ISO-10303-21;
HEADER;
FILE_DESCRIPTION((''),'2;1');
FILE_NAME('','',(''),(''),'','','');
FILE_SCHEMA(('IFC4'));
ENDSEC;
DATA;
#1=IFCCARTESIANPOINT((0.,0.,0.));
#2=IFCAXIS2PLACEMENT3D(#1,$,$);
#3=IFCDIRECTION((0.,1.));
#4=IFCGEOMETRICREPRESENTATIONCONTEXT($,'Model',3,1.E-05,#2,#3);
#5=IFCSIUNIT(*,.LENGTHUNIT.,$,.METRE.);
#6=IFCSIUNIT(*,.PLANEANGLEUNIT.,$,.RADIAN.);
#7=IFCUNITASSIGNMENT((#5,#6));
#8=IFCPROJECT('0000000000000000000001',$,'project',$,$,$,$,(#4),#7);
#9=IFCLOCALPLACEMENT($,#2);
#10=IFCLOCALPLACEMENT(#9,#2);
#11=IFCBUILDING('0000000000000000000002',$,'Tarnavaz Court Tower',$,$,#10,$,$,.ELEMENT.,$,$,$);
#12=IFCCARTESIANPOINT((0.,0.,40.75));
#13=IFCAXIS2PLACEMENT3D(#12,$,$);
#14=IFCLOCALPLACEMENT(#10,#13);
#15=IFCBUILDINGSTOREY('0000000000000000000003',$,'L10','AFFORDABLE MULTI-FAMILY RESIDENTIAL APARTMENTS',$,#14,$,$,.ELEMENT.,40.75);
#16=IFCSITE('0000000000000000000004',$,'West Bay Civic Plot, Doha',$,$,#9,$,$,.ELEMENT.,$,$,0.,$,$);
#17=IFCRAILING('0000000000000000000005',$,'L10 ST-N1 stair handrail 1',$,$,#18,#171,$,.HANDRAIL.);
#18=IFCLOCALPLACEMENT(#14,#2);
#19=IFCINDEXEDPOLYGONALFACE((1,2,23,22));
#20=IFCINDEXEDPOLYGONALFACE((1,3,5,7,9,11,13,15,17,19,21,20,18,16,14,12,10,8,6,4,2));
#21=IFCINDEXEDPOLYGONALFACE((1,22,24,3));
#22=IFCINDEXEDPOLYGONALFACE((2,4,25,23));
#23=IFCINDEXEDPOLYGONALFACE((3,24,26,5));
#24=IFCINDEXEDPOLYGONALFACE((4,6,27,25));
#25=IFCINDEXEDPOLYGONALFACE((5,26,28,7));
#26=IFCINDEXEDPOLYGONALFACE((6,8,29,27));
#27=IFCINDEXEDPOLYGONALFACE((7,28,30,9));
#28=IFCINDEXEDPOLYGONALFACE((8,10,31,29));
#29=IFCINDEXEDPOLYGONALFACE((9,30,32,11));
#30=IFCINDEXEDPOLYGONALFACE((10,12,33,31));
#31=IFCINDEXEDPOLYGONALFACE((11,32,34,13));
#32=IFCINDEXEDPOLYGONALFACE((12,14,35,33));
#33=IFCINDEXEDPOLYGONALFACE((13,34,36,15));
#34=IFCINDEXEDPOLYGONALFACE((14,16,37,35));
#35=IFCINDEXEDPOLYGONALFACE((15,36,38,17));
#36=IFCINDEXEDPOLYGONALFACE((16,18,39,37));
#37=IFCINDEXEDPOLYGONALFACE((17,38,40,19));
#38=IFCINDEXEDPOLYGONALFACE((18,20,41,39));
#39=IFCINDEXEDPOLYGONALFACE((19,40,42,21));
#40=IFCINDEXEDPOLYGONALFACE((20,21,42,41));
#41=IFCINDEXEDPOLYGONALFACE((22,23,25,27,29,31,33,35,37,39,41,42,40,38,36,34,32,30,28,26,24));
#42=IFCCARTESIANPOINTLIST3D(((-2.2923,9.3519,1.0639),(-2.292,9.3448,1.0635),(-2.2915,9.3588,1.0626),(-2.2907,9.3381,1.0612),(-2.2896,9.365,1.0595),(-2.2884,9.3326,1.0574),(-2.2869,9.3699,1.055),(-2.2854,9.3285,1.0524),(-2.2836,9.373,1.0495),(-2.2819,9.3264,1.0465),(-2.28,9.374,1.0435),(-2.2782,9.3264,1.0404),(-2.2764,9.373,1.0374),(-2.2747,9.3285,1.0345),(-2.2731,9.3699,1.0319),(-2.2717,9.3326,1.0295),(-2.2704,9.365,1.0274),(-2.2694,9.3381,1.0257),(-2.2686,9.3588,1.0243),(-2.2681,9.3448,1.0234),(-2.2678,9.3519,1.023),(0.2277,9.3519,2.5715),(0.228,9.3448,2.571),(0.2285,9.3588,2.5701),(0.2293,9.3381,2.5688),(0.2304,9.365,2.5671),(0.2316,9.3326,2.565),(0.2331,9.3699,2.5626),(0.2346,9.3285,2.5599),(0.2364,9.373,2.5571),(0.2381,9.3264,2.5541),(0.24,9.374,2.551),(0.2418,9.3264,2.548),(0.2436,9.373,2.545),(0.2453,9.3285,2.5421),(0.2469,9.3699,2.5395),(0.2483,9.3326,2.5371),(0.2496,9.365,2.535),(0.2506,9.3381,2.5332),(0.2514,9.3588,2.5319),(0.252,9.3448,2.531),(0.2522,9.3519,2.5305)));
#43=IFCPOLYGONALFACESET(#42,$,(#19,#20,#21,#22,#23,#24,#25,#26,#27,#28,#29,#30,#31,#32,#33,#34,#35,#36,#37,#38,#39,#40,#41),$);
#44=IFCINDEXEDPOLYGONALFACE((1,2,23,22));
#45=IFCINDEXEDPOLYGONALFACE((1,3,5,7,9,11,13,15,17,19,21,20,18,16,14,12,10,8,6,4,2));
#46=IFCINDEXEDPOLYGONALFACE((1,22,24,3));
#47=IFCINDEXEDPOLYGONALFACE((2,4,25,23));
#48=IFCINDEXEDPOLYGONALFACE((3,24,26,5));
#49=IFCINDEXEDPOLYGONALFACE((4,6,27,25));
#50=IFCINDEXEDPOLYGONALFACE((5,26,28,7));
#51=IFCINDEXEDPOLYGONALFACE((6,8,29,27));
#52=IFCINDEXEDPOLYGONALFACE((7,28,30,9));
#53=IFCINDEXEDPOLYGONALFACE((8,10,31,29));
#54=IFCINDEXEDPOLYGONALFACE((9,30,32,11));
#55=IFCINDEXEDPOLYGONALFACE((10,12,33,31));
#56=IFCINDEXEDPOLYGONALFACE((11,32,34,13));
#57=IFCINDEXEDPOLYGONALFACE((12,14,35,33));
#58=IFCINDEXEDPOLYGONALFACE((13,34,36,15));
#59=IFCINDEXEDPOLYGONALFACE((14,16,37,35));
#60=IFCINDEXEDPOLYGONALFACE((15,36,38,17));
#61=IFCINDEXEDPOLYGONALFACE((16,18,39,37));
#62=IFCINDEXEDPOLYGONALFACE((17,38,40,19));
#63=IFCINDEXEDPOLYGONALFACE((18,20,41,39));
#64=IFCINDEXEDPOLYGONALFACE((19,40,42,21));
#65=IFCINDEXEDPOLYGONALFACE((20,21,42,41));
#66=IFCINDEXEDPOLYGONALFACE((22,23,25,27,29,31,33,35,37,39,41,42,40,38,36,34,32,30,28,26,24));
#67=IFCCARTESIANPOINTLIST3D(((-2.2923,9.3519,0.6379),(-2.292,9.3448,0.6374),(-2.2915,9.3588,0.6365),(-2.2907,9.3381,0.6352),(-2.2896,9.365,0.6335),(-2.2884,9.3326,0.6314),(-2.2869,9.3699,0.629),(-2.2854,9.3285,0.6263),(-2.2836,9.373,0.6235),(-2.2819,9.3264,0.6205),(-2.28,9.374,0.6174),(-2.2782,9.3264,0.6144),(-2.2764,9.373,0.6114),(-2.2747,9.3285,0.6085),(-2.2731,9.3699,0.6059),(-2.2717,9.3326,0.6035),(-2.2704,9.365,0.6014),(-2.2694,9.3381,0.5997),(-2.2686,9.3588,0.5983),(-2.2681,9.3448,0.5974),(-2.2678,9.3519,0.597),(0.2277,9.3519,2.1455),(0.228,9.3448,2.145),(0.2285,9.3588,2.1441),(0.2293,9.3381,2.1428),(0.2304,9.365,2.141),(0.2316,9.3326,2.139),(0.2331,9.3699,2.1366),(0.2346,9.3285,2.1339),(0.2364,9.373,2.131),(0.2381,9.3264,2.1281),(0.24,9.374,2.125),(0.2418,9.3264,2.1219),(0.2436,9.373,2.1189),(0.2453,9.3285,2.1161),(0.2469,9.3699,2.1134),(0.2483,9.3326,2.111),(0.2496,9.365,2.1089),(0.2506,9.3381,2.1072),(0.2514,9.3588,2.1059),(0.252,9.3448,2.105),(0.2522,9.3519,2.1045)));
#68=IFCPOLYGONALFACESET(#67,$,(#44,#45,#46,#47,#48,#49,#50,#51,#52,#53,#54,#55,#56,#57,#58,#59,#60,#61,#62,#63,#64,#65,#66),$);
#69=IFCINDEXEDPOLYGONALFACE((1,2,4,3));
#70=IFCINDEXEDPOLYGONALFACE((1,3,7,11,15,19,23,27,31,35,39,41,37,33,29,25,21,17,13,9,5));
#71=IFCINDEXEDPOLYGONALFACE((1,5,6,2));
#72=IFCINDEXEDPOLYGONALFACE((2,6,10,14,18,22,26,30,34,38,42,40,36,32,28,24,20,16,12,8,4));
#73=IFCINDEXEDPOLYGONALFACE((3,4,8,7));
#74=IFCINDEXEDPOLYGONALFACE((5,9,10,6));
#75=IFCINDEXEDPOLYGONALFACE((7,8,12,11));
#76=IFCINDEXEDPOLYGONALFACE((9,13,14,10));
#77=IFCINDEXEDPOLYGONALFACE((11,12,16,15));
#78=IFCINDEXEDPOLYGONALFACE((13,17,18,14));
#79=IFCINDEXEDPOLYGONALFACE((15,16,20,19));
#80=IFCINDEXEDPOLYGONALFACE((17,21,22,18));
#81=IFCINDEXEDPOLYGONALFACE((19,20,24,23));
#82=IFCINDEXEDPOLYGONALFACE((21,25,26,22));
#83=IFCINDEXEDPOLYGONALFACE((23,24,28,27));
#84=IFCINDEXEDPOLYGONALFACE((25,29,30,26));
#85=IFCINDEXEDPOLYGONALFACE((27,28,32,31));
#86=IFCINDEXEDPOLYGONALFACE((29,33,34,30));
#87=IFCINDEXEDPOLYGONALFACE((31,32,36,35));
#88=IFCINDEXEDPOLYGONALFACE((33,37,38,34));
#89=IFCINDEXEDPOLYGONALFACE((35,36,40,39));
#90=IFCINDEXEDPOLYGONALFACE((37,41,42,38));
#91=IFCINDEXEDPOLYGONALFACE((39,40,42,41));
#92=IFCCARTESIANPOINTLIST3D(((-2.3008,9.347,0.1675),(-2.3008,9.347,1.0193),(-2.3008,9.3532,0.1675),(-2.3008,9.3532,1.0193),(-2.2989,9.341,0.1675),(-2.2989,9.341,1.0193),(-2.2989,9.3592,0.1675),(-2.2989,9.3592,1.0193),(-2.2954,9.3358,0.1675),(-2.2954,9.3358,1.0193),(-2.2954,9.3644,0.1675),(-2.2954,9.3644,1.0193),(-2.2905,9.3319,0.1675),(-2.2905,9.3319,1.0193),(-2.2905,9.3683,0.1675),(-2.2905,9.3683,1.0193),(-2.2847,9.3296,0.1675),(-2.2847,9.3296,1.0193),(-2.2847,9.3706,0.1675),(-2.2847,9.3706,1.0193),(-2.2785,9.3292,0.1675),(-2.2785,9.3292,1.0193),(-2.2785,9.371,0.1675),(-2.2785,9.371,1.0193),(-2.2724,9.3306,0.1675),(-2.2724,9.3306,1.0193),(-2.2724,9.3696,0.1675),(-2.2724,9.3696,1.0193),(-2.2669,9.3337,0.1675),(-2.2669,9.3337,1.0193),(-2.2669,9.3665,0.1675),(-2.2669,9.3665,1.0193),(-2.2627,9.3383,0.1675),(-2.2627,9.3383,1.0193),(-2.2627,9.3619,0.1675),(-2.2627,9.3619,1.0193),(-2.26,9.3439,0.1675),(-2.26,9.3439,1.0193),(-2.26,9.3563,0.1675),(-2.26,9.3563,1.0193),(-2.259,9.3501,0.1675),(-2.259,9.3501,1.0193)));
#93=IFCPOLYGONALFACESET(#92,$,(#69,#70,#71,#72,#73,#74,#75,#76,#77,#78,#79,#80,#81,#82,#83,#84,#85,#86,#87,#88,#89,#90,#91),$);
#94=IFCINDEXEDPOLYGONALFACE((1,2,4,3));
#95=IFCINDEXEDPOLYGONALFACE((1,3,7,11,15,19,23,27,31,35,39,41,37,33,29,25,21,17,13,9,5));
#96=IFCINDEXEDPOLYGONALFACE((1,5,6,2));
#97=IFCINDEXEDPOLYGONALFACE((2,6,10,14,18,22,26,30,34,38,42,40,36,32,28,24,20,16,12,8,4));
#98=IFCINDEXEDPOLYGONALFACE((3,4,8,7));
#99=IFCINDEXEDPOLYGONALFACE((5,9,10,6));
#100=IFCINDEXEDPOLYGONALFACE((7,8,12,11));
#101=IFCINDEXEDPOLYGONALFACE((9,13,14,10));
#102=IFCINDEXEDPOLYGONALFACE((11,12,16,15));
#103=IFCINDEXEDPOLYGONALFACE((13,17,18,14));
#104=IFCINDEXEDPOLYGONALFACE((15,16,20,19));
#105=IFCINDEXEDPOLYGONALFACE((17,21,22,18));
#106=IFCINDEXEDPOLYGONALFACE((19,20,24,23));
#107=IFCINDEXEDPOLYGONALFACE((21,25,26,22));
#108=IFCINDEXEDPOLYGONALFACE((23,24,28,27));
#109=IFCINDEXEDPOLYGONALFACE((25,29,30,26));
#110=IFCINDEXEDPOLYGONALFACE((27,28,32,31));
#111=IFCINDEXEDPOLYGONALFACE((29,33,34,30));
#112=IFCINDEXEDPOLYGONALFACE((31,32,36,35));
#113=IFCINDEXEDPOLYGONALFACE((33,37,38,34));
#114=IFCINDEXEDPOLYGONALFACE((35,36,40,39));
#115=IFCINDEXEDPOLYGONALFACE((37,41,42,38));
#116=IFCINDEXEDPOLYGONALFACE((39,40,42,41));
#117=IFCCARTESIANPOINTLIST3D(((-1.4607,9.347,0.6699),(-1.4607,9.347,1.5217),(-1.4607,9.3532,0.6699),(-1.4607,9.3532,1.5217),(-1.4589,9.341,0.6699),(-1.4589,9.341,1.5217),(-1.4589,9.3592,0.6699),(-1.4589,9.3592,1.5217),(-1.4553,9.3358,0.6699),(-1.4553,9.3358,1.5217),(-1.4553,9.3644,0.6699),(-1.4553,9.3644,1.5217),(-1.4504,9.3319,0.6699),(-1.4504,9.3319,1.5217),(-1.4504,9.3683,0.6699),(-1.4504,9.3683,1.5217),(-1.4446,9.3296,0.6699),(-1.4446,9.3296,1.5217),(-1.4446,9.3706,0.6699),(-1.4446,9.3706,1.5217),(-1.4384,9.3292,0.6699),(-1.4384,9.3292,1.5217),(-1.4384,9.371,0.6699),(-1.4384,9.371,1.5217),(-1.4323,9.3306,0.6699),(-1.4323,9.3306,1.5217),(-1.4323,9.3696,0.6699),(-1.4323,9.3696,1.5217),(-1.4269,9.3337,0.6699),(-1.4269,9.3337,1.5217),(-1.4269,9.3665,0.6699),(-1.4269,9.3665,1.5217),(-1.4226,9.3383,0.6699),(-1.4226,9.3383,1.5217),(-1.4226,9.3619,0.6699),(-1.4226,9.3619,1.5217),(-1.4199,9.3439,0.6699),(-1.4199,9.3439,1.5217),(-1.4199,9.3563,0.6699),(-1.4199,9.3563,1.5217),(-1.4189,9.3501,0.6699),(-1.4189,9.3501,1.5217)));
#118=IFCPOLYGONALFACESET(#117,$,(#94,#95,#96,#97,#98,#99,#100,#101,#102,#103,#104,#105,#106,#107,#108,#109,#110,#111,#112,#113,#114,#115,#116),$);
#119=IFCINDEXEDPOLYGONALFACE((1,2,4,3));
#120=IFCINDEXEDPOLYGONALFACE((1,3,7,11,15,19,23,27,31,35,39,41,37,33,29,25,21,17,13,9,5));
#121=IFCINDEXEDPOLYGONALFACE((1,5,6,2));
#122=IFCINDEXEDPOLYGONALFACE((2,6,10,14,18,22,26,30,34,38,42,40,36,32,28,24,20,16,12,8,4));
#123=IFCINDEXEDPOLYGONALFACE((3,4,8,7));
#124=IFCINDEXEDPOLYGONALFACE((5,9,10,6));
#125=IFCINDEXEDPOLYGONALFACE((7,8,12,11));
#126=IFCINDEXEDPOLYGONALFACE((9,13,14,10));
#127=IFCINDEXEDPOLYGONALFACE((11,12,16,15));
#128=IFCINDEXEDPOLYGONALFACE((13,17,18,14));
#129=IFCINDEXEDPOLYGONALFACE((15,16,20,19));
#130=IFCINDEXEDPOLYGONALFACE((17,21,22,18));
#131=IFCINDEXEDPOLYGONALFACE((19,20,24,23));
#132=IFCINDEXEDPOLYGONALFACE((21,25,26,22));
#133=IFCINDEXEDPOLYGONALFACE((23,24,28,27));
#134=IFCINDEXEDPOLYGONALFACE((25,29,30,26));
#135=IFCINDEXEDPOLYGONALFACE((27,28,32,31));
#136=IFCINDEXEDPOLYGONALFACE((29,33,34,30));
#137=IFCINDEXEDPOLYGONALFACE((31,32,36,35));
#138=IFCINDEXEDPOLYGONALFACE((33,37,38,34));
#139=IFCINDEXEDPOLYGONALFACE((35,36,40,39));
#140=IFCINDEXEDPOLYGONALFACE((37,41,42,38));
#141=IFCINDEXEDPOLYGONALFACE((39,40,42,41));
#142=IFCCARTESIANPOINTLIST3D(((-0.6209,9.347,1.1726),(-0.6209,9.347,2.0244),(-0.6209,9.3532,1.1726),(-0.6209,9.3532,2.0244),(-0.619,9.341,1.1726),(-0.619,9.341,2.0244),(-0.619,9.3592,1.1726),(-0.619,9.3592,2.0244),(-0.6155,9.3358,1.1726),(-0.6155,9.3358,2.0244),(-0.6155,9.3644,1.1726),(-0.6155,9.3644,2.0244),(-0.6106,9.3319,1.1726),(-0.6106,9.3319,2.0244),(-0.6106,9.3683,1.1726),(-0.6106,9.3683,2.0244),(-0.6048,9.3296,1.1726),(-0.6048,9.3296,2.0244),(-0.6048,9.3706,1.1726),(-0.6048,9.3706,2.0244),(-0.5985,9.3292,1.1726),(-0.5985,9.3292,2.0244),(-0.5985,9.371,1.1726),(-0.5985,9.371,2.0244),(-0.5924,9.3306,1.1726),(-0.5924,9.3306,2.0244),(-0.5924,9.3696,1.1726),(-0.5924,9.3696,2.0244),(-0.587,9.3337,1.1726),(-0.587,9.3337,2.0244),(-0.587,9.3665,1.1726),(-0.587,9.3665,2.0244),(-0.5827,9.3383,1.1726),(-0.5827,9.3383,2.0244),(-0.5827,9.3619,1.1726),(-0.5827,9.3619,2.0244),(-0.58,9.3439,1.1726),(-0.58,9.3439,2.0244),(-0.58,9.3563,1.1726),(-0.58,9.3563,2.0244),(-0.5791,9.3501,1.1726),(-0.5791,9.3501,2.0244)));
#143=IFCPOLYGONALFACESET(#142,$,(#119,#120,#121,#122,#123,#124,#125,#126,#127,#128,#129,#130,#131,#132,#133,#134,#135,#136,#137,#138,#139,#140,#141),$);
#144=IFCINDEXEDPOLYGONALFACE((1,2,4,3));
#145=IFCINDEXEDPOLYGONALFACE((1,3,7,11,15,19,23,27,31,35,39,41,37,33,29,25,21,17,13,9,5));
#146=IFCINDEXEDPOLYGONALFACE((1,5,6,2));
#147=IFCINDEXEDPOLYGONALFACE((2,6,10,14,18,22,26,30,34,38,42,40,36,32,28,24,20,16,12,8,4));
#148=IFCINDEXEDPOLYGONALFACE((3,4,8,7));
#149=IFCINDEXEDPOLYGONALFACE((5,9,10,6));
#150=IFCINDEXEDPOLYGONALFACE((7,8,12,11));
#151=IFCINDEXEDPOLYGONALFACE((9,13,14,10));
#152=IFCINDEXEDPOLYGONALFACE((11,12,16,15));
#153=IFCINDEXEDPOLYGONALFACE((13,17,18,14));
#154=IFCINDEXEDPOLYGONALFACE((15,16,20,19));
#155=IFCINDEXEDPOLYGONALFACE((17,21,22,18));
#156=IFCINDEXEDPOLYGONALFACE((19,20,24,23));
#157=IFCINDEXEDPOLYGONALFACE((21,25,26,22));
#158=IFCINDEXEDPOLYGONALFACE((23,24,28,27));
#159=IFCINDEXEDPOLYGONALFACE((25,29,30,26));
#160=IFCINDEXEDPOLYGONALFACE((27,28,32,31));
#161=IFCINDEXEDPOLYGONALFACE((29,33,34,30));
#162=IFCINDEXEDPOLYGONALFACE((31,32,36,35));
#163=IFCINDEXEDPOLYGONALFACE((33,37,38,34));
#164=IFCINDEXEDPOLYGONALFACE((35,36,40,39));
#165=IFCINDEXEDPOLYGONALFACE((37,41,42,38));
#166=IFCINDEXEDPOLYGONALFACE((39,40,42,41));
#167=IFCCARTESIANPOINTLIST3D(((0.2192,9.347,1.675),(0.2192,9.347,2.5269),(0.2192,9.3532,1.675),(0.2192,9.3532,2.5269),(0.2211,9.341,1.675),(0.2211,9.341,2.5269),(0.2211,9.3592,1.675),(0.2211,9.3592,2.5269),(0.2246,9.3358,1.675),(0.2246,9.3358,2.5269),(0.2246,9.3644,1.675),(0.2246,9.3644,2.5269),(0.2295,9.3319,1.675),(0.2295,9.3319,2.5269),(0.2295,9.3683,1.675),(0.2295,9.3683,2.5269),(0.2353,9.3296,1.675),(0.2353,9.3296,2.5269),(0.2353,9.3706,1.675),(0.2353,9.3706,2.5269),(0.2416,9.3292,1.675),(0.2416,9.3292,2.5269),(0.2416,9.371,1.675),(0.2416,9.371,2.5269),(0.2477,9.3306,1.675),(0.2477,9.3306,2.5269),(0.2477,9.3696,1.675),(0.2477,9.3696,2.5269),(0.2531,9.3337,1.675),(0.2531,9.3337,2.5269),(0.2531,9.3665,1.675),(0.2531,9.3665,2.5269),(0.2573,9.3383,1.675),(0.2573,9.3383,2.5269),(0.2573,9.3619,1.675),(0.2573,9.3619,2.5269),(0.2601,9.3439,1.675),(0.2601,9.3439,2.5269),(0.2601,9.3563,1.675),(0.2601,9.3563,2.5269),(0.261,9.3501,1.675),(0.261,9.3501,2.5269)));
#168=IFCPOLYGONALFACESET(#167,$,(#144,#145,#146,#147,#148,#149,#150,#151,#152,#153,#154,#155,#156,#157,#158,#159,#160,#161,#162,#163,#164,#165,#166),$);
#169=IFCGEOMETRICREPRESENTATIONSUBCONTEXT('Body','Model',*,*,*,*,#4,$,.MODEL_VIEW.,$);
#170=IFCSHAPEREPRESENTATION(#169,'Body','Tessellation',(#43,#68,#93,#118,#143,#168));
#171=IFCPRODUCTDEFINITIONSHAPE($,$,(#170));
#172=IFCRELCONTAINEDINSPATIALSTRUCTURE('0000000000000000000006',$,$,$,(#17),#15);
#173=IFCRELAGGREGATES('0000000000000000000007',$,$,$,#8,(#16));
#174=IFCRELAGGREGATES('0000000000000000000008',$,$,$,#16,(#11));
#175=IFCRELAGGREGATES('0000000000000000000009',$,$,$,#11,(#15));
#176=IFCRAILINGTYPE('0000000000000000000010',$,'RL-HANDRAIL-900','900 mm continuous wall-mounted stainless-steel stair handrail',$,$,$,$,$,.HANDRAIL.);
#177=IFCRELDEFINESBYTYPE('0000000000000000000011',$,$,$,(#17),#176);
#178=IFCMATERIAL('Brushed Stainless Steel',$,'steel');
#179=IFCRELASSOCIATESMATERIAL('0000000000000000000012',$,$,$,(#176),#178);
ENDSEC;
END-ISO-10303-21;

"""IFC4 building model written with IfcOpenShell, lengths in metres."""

from ifc_helpers import new_model, si_unit, direction, frame, origin, origin_2d, place, context, subcontext, project, spatial, circle, extrude, material, type_object, element, save


model = new_model("IFC4")

# Units and contexts
model_context = context("Model", 3, precision=1e-05, world=origin(), true_north=direction((0.0, 1.0)))
body_context = subcontext(model_context, "Body", "Model", "MODEL_VIEW")
ifc_project = project(units=[si_unit("LENGTHUNIT", "METRE"), si_unit("PLANEANGLEUNIT", "RADIAN")], contexts=[model_context])

# Site, building, storey
site_placement = place(None, origin())
site = spatial("IfcSite", under=ifc_project, at=site_placement, Name="West Bay Civic Plot, Doha", CompositionType="ELEMENT", RefElevation=0.0)
building_placement = place(site_placement, origin())
building = spatial("IfcBuilding", under=site, at=building_placement, Name="Tarnavaz Court Tower", CompositionType="ELEMENT")
storey_placement = place(building_placement, frame((0.0, 0.0, 40.75)))
storey = spatial("IfcBuildingStorey", under=building, at=storey_placement, Name="L10", Description="AFFORDABLE MULTI-FAMILY RESIDENTIAL APARTMENTS", CompositionType="ELEMENT", Elevation=40.75)

# Railing
ifc_material_1 = material(Name="Brushed Stainless Steel", Category="steel")
railing_type_1 = type_object("IfcRailingType", Name="RL-HANDRAIL-900", Description="900 mm continuous wall-mounted stainless-steel stair handrail", PredefinedType="HANDRAIL", material=ifc_material_1)
railing_1_placement = place(storey_placement, frame((-2.28, 9.3501, 0.1675)))
element("IfcRailing", 1, at=railing_1_placement, inside=storey, type_object=railing_type_1, Name="L10 ST-N1 stair handrail 1", PredefinedType="HANDRAIL", context=body_context, shape_type="SweptSolid", body=[
    extrude(circle(Radius=0.0239, at=origin_2d()), frame((0.0, 0.0, 0.876), z_axis=(0.85816, 0.0, 0.513383), x_axis=(0.0, 1.0, 0.0)), (0.0, 0.0, 1.0), 2.9365),
    extrude(circle(Radius=0.0239, at=origin_2d()), frame((0.0, 0.0, 0.45), z_axis=(0.85816, 0.0, 0.513383), x_axis=(0.0, 1.0, 0.0)), (0.0, 0.0, 1.0), 2.9365),
    extrude(circle(Radius=0.021, at=origin_2d()), origin(), (0.0, 0.0, 1.0), 0.8518),
    extrude(circle(Radius=0.021, at=origin_2d()), frame((0.8401, 0.0, 0.5024)), (0.0, 0.0, 1.0), 0.8518),
    extrude(circle(Radius=0.021, at=origin_2d()), frame((1.6799, 0.0, 1.0051)), (0.0, 0.0, 1.0), 0.8518),
    extrude(circle(Radius=0.021, at=origin_2d()), frame((2.52, 0.0, 1.5076)), (0.0, 0.0, 1.0), 0.8518),
])

save(model, "model.ifc")
